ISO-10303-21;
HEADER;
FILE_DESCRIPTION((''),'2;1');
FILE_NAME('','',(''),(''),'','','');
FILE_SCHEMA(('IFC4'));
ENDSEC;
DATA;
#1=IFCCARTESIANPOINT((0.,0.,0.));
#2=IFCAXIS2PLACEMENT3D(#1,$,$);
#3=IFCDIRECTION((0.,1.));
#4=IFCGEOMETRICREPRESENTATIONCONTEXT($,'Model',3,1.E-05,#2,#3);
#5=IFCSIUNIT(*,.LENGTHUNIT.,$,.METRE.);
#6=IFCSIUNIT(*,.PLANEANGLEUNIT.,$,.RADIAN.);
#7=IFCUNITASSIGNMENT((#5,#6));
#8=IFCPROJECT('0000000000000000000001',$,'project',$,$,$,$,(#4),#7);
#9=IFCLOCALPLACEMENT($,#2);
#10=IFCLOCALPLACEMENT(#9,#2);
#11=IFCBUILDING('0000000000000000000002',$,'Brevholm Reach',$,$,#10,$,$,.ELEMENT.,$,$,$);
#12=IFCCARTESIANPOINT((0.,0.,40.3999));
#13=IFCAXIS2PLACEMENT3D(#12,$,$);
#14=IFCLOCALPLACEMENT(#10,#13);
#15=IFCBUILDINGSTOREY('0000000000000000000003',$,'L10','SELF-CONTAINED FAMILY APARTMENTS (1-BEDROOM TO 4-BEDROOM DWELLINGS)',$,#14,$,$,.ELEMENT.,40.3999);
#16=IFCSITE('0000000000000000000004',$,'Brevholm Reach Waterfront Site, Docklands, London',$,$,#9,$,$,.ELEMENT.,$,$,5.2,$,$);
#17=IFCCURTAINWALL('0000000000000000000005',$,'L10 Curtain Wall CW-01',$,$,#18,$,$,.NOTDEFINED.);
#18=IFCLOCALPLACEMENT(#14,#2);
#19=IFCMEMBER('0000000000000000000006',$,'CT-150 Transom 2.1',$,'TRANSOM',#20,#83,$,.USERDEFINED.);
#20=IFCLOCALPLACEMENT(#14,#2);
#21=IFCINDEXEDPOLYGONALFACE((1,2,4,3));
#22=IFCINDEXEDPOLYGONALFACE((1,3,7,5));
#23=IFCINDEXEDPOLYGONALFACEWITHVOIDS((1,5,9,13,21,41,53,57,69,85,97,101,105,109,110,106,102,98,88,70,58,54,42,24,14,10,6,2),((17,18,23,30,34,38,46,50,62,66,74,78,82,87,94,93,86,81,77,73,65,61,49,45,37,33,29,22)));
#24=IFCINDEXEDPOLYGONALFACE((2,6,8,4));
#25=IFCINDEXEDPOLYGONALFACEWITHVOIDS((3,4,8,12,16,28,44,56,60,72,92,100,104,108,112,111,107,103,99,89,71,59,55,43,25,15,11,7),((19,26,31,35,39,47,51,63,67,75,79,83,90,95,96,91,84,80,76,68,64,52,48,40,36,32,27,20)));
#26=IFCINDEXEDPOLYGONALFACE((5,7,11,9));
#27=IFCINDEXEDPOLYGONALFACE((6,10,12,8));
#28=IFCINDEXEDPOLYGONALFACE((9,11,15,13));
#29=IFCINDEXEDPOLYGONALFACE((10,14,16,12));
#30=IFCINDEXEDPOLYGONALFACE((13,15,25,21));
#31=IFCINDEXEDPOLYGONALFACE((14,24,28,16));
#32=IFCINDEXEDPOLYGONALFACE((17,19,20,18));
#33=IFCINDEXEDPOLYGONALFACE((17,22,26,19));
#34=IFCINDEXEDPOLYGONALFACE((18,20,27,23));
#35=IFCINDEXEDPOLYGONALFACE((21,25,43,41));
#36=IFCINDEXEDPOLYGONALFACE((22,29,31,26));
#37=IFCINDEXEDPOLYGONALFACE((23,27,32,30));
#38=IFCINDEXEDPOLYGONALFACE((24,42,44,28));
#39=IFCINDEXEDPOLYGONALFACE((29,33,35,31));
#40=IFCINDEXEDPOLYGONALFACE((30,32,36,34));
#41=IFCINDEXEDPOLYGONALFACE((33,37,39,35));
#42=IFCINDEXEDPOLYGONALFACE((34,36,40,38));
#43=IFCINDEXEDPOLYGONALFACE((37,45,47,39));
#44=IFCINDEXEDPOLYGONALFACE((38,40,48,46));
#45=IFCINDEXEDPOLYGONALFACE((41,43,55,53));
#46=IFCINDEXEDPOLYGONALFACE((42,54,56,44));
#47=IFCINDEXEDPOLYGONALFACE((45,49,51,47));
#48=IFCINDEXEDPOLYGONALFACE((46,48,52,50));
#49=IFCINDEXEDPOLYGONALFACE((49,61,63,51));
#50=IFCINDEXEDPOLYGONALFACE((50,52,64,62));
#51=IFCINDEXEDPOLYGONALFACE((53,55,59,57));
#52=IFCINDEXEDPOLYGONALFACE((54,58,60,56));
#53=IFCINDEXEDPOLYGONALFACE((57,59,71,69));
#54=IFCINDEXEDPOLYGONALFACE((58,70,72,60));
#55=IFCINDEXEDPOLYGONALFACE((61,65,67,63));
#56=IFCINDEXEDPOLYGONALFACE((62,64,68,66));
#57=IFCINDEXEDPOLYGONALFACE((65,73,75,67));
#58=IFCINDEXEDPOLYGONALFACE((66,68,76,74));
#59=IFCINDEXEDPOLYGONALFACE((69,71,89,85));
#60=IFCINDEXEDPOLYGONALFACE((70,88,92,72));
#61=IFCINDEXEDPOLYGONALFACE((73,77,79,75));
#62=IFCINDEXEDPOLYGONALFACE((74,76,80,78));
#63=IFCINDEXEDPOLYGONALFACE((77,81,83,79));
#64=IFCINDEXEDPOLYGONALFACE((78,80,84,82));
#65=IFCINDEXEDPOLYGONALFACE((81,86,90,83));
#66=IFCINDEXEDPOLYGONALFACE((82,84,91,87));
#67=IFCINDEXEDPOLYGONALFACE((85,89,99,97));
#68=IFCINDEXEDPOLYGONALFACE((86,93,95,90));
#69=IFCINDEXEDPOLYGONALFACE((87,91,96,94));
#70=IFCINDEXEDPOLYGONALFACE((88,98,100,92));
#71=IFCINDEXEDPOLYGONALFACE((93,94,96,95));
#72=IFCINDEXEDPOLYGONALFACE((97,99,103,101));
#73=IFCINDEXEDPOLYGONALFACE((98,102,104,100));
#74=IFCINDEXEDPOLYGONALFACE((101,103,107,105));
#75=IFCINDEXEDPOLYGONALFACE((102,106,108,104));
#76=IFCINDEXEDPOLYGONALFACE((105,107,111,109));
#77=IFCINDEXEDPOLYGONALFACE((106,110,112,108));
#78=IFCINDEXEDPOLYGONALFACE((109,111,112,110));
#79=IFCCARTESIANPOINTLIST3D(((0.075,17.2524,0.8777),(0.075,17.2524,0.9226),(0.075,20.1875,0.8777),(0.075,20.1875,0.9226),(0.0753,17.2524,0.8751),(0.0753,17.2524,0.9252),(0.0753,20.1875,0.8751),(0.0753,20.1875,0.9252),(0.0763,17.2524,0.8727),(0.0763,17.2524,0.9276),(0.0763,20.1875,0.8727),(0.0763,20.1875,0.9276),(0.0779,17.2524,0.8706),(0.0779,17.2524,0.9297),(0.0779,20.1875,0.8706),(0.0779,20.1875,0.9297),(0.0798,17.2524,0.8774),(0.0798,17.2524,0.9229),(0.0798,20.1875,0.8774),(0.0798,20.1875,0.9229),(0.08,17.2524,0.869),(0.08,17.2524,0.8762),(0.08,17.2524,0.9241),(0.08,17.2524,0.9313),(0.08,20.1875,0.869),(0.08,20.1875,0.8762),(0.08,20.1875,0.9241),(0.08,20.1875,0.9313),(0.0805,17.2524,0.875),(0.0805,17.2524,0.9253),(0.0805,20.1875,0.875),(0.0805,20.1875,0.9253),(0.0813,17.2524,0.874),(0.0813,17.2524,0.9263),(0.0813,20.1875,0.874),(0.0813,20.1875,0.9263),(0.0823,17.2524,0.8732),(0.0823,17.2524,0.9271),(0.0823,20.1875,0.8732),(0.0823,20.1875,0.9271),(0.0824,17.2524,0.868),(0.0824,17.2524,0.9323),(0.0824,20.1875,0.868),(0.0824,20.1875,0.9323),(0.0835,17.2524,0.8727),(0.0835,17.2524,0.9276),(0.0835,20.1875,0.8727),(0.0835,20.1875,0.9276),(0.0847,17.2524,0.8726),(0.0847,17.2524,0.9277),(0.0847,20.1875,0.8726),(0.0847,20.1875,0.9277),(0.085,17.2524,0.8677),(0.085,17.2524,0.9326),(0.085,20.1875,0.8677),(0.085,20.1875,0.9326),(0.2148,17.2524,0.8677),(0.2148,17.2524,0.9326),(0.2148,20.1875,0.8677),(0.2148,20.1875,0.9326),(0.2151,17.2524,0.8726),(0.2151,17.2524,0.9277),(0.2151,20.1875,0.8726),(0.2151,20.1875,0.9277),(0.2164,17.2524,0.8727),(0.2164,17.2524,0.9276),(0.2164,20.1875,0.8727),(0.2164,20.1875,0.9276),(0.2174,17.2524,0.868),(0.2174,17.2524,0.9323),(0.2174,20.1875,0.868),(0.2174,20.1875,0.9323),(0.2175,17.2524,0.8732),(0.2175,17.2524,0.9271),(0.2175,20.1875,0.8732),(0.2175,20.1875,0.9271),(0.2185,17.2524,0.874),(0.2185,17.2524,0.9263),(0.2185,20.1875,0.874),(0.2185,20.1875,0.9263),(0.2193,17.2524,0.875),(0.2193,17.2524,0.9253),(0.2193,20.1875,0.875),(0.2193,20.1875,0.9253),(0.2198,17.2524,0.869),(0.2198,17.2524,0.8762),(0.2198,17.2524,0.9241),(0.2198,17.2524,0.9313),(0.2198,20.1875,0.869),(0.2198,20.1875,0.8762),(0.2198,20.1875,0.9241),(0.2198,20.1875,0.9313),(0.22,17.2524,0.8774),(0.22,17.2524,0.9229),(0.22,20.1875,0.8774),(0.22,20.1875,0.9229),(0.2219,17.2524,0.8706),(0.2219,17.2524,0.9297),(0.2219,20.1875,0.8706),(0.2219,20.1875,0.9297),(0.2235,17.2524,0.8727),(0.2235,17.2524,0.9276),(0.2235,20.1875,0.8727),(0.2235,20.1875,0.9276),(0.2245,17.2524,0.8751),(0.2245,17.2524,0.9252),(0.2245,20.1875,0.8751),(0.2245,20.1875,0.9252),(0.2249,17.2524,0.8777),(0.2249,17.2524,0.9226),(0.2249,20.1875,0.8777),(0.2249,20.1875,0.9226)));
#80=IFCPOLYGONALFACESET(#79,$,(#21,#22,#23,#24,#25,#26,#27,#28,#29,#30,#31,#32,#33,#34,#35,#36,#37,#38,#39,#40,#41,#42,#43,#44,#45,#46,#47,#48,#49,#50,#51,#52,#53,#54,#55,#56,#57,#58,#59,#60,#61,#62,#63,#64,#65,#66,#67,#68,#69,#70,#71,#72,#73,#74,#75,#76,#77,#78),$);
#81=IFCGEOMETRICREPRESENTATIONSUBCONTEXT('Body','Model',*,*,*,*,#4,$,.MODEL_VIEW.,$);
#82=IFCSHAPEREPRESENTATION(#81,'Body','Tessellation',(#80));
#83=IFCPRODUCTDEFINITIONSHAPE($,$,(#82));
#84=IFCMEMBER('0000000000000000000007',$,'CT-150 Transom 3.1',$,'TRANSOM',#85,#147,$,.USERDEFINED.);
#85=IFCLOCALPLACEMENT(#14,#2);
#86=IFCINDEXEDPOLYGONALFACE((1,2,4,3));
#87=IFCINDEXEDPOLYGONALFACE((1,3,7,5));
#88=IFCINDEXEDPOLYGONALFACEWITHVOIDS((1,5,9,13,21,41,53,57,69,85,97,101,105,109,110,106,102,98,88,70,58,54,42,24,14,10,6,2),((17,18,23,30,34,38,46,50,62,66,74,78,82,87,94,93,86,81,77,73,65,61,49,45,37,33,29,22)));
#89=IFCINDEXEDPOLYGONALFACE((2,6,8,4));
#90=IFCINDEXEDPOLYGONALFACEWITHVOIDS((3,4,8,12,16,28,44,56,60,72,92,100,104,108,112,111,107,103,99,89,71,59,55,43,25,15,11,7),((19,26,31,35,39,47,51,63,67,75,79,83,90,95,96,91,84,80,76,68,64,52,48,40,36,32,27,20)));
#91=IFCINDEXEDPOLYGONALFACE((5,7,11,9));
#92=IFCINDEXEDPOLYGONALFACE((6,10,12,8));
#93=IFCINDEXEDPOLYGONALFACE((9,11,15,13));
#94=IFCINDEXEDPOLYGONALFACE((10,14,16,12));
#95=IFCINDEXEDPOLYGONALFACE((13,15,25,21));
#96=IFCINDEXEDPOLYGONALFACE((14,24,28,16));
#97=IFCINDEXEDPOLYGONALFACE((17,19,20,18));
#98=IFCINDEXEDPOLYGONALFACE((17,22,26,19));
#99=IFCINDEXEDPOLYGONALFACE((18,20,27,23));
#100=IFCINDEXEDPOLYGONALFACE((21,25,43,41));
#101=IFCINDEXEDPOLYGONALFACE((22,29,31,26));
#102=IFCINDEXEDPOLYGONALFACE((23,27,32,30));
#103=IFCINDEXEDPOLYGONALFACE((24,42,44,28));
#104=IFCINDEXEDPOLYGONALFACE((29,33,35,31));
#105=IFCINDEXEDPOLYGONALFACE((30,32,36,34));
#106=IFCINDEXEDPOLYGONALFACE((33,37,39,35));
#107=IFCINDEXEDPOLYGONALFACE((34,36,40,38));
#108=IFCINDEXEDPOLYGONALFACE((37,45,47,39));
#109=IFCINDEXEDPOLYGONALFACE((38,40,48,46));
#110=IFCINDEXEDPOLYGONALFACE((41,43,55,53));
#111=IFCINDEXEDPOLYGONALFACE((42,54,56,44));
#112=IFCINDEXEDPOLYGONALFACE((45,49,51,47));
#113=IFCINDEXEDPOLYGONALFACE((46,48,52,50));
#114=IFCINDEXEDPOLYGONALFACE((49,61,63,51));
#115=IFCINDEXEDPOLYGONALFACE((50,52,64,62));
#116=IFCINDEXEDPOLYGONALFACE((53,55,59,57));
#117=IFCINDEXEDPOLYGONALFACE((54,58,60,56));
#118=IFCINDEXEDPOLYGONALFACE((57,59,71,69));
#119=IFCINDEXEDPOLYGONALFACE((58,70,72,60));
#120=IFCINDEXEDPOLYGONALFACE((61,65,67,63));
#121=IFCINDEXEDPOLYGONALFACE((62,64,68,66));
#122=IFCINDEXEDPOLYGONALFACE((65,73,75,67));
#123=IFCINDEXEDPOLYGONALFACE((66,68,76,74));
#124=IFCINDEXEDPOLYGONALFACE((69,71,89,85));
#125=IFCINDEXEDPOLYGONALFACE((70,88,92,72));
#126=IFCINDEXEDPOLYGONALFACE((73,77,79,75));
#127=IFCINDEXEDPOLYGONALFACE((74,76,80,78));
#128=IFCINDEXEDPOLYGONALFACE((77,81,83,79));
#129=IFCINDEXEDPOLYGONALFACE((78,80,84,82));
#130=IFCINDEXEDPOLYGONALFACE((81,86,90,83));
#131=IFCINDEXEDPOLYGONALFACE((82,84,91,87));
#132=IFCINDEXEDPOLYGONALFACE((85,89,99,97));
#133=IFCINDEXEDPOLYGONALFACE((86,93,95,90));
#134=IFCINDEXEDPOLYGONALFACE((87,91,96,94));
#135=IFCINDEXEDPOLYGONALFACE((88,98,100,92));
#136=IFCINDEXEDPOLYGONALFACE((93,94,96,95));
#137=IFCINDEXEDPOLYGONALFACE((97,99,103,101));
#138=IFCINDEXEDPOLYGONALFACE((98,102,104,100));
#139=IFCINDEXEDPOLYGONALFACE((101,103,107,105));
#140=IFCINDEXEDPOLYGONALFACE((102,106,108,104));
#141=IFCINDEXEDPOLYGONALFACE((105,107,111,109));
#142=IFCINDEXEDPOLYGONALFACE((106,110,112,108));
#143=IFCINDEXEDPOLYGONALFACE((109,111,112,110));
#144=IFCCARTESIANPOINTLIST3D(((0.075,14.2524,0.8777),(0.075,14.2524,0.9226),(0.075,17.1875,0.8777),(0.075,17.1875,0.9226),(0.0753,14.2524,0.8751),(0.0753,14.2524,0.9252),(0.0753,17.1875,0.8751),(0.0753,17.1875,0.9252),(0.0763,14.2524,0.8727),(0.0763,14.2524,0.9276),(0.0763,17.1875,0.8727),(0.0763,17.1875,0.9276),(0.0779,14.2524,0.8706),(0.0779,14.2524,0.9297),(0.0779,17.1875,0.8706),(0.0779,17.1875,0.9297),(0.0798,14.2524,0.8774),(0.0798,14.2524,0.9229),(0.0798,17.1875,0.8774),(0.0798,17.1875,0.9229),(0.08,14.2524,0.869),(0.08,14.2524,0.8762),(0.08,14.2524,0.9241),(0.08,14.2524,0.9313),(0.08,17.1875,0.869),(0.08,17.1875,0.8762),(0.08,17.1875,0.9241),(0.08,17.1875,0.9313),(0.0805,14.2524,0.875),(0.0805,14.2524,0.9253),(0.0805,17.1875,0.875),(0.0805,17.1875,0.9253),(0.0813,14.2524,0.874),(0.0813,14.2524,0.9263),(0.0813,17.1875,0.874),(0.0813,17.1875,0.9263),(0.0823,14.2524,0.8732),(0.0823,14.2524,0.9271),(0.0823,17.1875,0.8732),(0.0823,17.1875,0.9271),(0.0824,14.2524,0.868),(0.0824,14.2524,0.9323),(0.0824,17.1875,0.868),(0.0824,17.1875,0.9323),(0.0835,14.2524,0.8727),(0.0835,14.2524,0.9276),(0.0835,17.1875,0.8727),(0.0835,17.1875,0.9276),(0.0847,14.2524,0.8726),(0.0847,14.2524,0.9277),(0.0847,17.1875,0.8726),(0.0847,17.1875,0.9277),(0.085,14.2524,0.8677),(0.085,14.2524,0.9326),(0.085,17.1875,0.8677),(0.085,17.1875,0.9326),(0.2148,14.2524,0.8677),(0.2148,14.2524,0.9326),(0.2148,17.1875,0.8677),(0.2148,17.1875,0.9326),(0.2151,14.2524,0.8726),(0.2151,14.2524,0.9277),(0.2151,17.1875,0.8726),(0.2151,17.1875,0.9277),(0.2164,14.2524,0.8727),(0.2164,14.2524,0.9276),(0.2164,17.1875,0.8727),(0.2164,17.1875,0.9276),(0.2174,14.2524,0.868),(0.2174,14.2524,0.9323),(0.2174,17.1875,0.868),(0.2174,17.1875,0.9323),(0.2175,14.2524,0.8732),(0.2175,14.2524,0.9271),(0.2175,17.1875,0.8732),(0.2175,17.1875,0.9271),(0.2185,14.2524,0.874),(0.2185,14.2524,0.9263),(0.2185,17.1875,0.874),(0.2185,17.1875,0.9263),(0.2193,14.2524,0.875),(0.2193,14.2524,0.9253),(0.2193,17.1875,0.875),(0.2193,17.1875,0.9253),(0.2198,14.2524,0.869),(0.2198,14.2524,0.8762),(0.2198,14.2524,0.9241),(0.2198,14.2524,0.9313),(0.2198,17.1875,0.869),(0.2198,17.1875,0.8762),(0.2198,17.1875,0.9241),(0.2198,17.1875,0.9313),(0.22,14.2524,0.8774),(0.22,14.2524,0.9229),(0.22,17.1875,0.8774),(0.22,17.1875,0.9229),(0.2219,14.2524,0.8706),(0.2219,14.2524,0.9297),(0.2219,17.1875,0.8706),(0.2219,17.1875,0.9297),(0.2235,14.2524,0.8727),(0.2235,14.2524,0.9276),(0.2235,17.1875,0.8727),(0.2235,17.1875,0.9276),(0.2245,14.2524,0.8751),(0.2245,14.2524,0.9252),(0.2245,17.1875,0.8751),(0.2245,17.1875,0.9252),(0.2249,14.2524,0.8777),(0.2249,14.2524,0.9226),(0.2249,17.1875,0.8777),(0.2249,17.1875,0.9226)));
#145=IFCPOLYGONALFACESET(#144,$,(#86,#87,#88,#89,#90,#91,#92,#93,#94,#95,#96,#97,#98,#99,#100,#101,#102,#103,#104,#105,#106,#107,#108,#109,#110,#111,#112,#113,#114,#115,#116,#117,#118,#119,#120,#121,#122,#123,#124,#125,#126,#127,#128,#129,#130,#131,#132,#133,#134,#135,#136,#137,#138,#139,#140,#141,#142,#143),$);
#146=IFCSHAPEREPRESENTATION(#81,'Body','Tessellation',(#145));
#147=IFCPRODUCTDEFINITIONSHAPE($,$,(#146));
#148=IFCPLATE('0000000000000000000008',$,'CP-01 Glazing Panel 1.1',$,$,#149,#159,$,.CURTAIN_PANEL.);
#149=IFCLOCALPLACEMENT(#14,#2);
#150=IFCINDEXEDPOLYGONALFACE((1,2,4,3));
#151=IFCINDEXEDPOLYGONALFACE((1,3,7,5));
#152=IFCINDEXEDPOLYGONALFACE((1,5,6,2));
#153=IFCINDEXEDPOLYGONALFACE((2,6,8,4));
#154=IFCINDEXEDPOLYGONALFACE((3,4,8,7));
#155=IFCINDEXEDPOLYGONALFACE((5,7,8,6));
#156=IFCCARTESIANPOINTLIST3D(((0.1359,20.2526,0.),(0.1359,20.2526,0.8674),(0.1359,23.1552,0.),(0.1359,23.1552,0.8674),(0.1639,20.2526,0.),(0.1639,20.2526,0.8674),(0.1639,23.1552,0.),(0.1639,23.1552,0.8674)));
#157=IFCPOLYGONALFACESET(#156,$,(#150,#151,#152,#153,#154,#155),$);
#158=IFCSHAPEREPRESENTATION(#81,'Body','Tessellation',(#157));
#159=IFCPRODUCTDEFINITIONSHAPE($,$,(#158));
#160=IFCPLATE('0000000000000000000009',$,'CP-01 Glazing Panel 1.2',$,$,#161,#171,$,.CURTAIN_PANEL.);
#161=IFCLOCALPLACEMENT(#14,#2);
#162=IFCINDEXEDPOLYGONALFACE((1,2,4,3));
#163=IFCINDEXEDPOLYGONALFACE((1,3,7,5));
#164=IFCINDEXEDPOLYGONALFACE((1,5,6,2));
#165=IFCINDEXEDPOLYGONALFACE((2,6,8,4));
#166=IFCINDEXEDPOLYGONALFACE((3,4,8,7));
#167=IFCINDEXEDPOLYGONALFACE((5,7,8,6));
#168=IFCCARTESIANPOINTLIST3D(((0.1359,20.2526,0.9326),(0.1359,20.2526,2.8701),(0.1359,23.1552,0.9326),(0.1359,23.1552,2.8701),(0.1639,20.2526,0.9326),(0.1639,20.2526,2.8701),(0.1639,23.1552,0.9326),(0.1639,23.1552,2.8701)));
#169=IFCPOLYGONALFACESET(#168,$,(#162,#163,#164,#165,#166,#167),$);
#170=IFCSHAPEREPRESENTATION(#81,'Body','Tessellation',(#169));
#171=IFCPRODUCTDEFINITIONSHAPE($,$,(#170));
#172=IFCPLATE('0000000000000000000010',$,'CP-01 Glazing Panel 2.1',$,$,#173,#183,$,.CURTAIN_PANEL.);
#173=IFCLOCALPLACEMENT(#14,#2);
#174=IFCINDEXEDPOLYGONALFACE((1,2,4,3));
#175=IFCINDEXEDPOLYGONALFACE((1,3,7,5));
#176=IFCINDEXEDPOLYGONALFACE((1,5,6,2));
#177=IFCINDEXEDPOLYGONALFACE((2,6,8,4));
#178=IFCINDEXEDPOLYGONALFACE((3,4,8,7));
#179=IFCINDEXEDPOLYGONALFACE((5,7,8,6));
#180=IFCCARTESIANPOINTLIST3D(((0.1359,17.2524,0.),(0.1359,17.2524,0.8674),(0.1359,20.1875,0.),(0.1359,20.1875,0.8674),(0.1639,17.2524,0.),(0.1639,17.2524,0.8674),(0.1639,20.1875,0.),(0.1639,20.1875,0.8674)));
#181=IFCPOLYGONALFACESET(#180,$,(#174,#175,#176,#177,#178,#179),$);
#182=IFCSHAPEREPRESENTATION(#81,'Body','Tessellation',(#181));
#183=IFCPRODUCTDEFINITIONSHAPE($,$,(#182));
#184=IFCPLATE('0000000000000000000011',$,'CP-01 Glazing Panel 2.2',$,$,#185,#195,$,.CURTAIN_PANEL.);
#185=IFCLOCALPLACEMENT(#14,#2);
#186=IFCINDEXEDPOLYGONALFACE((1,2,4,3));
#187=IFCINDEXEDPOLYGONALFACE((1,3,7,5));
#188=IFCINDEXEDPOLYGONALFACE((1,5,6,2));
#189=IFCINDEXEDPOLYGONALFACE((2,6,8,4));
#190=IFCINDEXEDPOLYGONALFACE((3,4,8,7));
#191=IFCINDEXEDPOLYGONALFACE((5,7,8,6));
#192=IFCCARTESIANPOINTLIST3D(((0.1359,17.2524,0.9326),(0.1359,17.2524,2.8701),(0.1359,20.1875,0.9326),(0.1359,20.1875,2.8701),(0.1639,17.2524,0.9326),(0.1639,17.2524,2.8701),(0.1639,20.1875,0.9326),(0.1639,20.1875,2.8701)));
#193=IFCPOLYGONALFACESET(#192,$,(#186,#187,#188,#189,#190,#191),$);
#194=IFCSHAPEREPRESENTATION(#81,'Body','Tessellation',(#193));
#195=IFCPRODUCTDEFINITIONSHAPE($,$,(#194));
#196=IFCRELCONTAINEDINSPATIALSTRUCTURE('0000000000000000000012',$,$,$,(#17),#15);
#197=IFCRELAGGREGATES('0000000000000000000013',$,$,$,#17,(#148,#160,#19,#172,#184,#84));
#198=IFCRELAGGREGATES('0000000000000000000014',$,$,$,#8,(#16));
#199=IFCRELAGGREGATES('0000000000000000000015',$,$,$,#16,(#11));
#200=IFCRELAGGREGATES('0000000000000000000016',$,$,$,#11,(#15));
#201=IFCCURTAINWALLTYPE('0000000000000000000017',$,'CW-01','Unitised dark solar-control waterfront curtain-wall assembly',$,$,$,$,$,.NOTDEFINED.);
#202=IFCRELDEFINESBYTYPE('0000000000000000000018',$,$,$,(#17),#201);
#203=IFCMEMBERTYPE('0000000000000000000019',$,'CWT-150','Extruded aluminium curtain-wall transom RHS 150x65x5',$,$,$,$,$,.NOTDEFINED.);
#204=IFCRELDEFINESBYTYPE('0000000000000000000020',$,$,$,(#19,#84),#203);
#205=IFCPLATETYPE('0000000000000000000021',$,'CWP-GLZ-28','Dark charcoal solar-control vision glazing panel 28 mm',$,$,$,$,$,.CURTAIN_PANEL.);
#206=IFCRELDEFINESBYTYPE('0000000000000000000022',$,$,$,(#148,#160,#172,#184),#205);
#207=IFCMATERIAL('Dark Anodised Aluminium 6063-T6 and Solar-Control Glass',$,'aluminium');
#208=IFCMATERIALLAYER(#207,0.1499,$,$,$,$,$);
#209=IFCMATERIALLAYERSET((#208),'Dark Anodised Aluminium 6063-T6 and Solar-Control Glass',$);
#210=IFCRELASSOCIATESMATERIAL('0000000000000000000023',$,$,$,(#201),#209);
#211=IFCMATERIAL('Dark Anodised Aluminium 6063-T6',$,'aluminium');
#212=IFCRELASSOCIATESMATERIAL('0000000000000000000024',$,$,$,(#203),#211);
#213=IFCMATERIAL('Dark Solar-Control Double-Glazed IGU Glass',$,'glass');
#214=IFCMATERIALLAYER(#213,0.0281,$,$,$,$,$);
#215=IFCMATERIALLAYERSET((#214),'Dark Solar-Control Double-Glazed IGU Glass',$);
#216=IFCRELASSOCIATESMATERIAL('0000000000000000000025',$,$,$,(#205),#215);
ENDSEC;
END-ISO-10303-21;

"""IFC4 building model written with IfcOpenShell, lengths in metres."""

from ifc_helpers import new_model, si_unit, direction, frame, origin, origin_2d, place, context, subcontext, project, spatial, rectangle, hollow_rectangle, extrude, material, layer, layer_set, material_profile, profile_set, type_object, element, aggregate, save


model = new_model("IFC4")

# Units and contexts
model_context = context("Model", 3, precision=1e-05, world=origin(), true_north=direction((0.0, 1.0)))
body_context = subcontext(model_context, "Body", "Model", "MODEL_VIEW")
ifc_project = project(units=[si_unit("LENGTHUNIT", "METRE"), si_unit("PLANEANGLEUNIT", "RADIAN")], contexts=[model_context])

# Site, building, storey
site_placement = place(None, origin())
site = spatial("IfcSite", under=ifc_project, at=site_placement, Name="Brevholm Reach Waterfront Site, Docklands, London", CompositionType="ELEMENT", RefElevation=5.2)
building_placement = place(site_placement, origin())
building = spatial("IfcBuilding", under=site, at=building_placement, Name="Brevholm Reach", CompositionType="ELEMENT")
storey_placement = place(building_placement, frame((0.0, 0.0, 40.3999)))
storey = spatial("IfcBuildingStorey", under=building, at=storey_placement, Name="L10", Description="SELF-CONTAINED FAMILY APARTMENTS (1-BEDROOM TO 4-BEDROOM DWELLINGS)", CompositionType="ELEMENT", Elevation=40.3999)

# Curtain wall, members, plates
ifc_material_1 = material(Name="Dark Anodised Aluminium 6063-T6 and Solar-Control Glass", Category="aluminium")
ifc_layer_1 = layer(ifc_material_1, 0.1499)
ifc_layer_set_1 = layer_set([ifc_layer_1], Name="Dark Anodised Aluminium 6063-T6 and Solar-Control Glass")
curtain_wall_type = type_object("IfcCurtainWallType", Name="CW-01", Description="Unitised dark solar-control waterfront curtain-wall assembly", PredefinedType="NOTDEFINED", material=ifc_layer_set_1)
curtain_wall_placement = place(storey_placement, origin())
curtain_wall = element("IfcCurtainWall", 1, at=curtain_wall_placement, inside=storey, type_object=curtain_wall_type, Name="L10 Curtain Wall CW-01", PredefinedType="NOTDEFINED")
ifc_material_2 = material(Name="Dark Anodised Aluminium 6063-T6", Category="aluminium")
ifc_material_profile_1 = material_profile(ifc_material_2, hollow_rectangle(XDim=0.0649, YDim=0.1499, WallThickness=0.0049, InnerFilletRadius=0.0049, OuterFilletRadius=0.01, at=origin_2d()), Name="RHS 150x65x5")
ifc_profile_set_1 = profile_set([ifc_material_profile_1], Name="Dark Anodised Aluminium 6063-T6")
member_type_1 = type_object("IfcMemberType", Name="CWT-150", Description="Extruded aluminium curtain-wall transom RHS 150x65x5", PredefinedType="NOTDEFINED", material=ifc_profile_set_1)
member_1_placement = place(storey_placement, frame((0.1499, 20.1875, 0.9001), z_axis=(0.0, -1.0, 0.0), x_axis=(0.0, 0.0, 1.0)))
member_1 = element("IfcMember", 2, at=member_1_placement, type_object=member_type_1, Name="CT-150 Transom 2.1", ObjectType="TRANSOM", PredefinedType="USERDEFINED", context=body_context, shape_type="SweptSolid", body=[
    extrude(hollow_rectangle(XDim=0.0649, YDim=0.1499, WallThickness=0.0049, InnerFilletRadius=0.0049, OuterFilletRadius=0.01, at=origin_2d()), origin(), (0.0, 0.0, 1.0), 2.9351),
])
member_2_placement = place(storey_placement, frame((0.1499, 17.1875, 0.9001), z_axis=(0.0, -1.0, 0.0), x_axis=(0.0, 0.0, 1.0)))
member_2 = element("IfcMember", 3, at=member_2_placement, type_object=member_type_1, Name="CT-150 Transom 3.1", ObjectType="TRANSOM", PredefinedType="USERDEFINED", context=body_context, shape_type="SweptSolid", body=[
    extrude(hollow_rectangle(XDim=0.0649, YDim=0.1499, WallThickness=0.0049, InnerFilletRadius=0.0049, OuterFilletRadius=0.01, at=origin_2d()), origin(), (0.0, 0.0, 1.0), 2.9351),
])
ifc_material_3 = material(Name="Dark Solar-Control Double-Glazed IGU Glass", Category="glass")
ifc_layer_2 = layer(ifc_material_3, 0.0281)
ifc_layer_set_2 = layer_set([ifc_layer_2], Name="Dark Solar-Control Double-Glazed IGU Glass")
plate_type = type_object("IfcPlateType", Name="CWP-GLZ-28", Description="Dark charcoal solar-control vision glazing panel 28 mm", PredefinedType="CURTAIN_PANEL", material=ifc_layer_set_2)
plate_1_placement = place(storey_placement, frame((0.1499, 21.7039, 0.0), z_axis=(0.0, 0.0, 1.0), x_axis=(0.0, -1.0, 0.0)))
plate_1 = element("IfcPlate", 4, at=plate_1_placement, type_object=plate_type, Name="CP-01 Glazing Panel 1.1", PredefinedType="CURTAIN_PANEL", context=body_context, shape_type="SweptSolid", body=[
    extrude(rectangle(XDim=2.9026, YDim=0.0281, at=origin_2d()), origin(), (0.0, 0.0, 1.0), 0.8674),
])
plate_2_placement = place(storey_placement, frame((0.1499, 21.7039, 0.9326), z_axis=(0.0, 0.0, 1.0), x_axis=(0.0, -1.0, 0.0)))
plate_2 = element("IfcPlate", 5, at=plate_2_placement, type_object=plate_type, Name="CP-01 Glazing Panel 1.2", PredefinedType="CURTAIN_PANEL", context=body_context, shape_type="SweptSolid", body=[
    extrude(rectangle(XDim=2.9026, YDim=0.0281, at=origin_2d()), origin(), (0.0, 0.0, 1.0), 1.9375),
])
plate_3_placement = place(storey_placement, frame((0.1499, 18.72, 0.0), z_axis=(0.0, 0.0, 1.0), x_axis=(0.0, -1.0, 0.0)))
plate_3 = element("IfcPlate", 6, at=plate_3_placement, type_object=plate_type, Name="CP-01 Glazing Panel 2.1", PredefinedType="CURTAIN_PANEL", context=body_context, shape_type="SweptSolid", body=[
    extrude(rectangle(XDim=2.9351, YDim=0.0281, at=origin_2d()), origin(), (0.0, 0.0, 1.0), 0.8674),
])
plate_4_placement = place(storey_placement, frame((0.1499, 18.72, 0.9326), z_axis=(0.0, 0.0, 1.0), x_axis=(0.0, -1.0, 0.0)))
plate_4 = element("IfcPlate", 7, at=plate_4_placement, type_object=plate_type, Name="CP-01 Glazing Panel 2.2", PredefinedType="CURTAIN_PANEL", context=body_context, shape_type="SweptSolid", body=[
    extrude(rectangle(XDim=2.9351, YDim=0.0281, at=origin_2d()), origin(), (0.0, 0.0, 1.0), 1.9375),
])
aggregate(curtain_wall, [plate_1, plate_2, member_1, plate_3, plate_4, member_2])

save(model, "model.ifc")
